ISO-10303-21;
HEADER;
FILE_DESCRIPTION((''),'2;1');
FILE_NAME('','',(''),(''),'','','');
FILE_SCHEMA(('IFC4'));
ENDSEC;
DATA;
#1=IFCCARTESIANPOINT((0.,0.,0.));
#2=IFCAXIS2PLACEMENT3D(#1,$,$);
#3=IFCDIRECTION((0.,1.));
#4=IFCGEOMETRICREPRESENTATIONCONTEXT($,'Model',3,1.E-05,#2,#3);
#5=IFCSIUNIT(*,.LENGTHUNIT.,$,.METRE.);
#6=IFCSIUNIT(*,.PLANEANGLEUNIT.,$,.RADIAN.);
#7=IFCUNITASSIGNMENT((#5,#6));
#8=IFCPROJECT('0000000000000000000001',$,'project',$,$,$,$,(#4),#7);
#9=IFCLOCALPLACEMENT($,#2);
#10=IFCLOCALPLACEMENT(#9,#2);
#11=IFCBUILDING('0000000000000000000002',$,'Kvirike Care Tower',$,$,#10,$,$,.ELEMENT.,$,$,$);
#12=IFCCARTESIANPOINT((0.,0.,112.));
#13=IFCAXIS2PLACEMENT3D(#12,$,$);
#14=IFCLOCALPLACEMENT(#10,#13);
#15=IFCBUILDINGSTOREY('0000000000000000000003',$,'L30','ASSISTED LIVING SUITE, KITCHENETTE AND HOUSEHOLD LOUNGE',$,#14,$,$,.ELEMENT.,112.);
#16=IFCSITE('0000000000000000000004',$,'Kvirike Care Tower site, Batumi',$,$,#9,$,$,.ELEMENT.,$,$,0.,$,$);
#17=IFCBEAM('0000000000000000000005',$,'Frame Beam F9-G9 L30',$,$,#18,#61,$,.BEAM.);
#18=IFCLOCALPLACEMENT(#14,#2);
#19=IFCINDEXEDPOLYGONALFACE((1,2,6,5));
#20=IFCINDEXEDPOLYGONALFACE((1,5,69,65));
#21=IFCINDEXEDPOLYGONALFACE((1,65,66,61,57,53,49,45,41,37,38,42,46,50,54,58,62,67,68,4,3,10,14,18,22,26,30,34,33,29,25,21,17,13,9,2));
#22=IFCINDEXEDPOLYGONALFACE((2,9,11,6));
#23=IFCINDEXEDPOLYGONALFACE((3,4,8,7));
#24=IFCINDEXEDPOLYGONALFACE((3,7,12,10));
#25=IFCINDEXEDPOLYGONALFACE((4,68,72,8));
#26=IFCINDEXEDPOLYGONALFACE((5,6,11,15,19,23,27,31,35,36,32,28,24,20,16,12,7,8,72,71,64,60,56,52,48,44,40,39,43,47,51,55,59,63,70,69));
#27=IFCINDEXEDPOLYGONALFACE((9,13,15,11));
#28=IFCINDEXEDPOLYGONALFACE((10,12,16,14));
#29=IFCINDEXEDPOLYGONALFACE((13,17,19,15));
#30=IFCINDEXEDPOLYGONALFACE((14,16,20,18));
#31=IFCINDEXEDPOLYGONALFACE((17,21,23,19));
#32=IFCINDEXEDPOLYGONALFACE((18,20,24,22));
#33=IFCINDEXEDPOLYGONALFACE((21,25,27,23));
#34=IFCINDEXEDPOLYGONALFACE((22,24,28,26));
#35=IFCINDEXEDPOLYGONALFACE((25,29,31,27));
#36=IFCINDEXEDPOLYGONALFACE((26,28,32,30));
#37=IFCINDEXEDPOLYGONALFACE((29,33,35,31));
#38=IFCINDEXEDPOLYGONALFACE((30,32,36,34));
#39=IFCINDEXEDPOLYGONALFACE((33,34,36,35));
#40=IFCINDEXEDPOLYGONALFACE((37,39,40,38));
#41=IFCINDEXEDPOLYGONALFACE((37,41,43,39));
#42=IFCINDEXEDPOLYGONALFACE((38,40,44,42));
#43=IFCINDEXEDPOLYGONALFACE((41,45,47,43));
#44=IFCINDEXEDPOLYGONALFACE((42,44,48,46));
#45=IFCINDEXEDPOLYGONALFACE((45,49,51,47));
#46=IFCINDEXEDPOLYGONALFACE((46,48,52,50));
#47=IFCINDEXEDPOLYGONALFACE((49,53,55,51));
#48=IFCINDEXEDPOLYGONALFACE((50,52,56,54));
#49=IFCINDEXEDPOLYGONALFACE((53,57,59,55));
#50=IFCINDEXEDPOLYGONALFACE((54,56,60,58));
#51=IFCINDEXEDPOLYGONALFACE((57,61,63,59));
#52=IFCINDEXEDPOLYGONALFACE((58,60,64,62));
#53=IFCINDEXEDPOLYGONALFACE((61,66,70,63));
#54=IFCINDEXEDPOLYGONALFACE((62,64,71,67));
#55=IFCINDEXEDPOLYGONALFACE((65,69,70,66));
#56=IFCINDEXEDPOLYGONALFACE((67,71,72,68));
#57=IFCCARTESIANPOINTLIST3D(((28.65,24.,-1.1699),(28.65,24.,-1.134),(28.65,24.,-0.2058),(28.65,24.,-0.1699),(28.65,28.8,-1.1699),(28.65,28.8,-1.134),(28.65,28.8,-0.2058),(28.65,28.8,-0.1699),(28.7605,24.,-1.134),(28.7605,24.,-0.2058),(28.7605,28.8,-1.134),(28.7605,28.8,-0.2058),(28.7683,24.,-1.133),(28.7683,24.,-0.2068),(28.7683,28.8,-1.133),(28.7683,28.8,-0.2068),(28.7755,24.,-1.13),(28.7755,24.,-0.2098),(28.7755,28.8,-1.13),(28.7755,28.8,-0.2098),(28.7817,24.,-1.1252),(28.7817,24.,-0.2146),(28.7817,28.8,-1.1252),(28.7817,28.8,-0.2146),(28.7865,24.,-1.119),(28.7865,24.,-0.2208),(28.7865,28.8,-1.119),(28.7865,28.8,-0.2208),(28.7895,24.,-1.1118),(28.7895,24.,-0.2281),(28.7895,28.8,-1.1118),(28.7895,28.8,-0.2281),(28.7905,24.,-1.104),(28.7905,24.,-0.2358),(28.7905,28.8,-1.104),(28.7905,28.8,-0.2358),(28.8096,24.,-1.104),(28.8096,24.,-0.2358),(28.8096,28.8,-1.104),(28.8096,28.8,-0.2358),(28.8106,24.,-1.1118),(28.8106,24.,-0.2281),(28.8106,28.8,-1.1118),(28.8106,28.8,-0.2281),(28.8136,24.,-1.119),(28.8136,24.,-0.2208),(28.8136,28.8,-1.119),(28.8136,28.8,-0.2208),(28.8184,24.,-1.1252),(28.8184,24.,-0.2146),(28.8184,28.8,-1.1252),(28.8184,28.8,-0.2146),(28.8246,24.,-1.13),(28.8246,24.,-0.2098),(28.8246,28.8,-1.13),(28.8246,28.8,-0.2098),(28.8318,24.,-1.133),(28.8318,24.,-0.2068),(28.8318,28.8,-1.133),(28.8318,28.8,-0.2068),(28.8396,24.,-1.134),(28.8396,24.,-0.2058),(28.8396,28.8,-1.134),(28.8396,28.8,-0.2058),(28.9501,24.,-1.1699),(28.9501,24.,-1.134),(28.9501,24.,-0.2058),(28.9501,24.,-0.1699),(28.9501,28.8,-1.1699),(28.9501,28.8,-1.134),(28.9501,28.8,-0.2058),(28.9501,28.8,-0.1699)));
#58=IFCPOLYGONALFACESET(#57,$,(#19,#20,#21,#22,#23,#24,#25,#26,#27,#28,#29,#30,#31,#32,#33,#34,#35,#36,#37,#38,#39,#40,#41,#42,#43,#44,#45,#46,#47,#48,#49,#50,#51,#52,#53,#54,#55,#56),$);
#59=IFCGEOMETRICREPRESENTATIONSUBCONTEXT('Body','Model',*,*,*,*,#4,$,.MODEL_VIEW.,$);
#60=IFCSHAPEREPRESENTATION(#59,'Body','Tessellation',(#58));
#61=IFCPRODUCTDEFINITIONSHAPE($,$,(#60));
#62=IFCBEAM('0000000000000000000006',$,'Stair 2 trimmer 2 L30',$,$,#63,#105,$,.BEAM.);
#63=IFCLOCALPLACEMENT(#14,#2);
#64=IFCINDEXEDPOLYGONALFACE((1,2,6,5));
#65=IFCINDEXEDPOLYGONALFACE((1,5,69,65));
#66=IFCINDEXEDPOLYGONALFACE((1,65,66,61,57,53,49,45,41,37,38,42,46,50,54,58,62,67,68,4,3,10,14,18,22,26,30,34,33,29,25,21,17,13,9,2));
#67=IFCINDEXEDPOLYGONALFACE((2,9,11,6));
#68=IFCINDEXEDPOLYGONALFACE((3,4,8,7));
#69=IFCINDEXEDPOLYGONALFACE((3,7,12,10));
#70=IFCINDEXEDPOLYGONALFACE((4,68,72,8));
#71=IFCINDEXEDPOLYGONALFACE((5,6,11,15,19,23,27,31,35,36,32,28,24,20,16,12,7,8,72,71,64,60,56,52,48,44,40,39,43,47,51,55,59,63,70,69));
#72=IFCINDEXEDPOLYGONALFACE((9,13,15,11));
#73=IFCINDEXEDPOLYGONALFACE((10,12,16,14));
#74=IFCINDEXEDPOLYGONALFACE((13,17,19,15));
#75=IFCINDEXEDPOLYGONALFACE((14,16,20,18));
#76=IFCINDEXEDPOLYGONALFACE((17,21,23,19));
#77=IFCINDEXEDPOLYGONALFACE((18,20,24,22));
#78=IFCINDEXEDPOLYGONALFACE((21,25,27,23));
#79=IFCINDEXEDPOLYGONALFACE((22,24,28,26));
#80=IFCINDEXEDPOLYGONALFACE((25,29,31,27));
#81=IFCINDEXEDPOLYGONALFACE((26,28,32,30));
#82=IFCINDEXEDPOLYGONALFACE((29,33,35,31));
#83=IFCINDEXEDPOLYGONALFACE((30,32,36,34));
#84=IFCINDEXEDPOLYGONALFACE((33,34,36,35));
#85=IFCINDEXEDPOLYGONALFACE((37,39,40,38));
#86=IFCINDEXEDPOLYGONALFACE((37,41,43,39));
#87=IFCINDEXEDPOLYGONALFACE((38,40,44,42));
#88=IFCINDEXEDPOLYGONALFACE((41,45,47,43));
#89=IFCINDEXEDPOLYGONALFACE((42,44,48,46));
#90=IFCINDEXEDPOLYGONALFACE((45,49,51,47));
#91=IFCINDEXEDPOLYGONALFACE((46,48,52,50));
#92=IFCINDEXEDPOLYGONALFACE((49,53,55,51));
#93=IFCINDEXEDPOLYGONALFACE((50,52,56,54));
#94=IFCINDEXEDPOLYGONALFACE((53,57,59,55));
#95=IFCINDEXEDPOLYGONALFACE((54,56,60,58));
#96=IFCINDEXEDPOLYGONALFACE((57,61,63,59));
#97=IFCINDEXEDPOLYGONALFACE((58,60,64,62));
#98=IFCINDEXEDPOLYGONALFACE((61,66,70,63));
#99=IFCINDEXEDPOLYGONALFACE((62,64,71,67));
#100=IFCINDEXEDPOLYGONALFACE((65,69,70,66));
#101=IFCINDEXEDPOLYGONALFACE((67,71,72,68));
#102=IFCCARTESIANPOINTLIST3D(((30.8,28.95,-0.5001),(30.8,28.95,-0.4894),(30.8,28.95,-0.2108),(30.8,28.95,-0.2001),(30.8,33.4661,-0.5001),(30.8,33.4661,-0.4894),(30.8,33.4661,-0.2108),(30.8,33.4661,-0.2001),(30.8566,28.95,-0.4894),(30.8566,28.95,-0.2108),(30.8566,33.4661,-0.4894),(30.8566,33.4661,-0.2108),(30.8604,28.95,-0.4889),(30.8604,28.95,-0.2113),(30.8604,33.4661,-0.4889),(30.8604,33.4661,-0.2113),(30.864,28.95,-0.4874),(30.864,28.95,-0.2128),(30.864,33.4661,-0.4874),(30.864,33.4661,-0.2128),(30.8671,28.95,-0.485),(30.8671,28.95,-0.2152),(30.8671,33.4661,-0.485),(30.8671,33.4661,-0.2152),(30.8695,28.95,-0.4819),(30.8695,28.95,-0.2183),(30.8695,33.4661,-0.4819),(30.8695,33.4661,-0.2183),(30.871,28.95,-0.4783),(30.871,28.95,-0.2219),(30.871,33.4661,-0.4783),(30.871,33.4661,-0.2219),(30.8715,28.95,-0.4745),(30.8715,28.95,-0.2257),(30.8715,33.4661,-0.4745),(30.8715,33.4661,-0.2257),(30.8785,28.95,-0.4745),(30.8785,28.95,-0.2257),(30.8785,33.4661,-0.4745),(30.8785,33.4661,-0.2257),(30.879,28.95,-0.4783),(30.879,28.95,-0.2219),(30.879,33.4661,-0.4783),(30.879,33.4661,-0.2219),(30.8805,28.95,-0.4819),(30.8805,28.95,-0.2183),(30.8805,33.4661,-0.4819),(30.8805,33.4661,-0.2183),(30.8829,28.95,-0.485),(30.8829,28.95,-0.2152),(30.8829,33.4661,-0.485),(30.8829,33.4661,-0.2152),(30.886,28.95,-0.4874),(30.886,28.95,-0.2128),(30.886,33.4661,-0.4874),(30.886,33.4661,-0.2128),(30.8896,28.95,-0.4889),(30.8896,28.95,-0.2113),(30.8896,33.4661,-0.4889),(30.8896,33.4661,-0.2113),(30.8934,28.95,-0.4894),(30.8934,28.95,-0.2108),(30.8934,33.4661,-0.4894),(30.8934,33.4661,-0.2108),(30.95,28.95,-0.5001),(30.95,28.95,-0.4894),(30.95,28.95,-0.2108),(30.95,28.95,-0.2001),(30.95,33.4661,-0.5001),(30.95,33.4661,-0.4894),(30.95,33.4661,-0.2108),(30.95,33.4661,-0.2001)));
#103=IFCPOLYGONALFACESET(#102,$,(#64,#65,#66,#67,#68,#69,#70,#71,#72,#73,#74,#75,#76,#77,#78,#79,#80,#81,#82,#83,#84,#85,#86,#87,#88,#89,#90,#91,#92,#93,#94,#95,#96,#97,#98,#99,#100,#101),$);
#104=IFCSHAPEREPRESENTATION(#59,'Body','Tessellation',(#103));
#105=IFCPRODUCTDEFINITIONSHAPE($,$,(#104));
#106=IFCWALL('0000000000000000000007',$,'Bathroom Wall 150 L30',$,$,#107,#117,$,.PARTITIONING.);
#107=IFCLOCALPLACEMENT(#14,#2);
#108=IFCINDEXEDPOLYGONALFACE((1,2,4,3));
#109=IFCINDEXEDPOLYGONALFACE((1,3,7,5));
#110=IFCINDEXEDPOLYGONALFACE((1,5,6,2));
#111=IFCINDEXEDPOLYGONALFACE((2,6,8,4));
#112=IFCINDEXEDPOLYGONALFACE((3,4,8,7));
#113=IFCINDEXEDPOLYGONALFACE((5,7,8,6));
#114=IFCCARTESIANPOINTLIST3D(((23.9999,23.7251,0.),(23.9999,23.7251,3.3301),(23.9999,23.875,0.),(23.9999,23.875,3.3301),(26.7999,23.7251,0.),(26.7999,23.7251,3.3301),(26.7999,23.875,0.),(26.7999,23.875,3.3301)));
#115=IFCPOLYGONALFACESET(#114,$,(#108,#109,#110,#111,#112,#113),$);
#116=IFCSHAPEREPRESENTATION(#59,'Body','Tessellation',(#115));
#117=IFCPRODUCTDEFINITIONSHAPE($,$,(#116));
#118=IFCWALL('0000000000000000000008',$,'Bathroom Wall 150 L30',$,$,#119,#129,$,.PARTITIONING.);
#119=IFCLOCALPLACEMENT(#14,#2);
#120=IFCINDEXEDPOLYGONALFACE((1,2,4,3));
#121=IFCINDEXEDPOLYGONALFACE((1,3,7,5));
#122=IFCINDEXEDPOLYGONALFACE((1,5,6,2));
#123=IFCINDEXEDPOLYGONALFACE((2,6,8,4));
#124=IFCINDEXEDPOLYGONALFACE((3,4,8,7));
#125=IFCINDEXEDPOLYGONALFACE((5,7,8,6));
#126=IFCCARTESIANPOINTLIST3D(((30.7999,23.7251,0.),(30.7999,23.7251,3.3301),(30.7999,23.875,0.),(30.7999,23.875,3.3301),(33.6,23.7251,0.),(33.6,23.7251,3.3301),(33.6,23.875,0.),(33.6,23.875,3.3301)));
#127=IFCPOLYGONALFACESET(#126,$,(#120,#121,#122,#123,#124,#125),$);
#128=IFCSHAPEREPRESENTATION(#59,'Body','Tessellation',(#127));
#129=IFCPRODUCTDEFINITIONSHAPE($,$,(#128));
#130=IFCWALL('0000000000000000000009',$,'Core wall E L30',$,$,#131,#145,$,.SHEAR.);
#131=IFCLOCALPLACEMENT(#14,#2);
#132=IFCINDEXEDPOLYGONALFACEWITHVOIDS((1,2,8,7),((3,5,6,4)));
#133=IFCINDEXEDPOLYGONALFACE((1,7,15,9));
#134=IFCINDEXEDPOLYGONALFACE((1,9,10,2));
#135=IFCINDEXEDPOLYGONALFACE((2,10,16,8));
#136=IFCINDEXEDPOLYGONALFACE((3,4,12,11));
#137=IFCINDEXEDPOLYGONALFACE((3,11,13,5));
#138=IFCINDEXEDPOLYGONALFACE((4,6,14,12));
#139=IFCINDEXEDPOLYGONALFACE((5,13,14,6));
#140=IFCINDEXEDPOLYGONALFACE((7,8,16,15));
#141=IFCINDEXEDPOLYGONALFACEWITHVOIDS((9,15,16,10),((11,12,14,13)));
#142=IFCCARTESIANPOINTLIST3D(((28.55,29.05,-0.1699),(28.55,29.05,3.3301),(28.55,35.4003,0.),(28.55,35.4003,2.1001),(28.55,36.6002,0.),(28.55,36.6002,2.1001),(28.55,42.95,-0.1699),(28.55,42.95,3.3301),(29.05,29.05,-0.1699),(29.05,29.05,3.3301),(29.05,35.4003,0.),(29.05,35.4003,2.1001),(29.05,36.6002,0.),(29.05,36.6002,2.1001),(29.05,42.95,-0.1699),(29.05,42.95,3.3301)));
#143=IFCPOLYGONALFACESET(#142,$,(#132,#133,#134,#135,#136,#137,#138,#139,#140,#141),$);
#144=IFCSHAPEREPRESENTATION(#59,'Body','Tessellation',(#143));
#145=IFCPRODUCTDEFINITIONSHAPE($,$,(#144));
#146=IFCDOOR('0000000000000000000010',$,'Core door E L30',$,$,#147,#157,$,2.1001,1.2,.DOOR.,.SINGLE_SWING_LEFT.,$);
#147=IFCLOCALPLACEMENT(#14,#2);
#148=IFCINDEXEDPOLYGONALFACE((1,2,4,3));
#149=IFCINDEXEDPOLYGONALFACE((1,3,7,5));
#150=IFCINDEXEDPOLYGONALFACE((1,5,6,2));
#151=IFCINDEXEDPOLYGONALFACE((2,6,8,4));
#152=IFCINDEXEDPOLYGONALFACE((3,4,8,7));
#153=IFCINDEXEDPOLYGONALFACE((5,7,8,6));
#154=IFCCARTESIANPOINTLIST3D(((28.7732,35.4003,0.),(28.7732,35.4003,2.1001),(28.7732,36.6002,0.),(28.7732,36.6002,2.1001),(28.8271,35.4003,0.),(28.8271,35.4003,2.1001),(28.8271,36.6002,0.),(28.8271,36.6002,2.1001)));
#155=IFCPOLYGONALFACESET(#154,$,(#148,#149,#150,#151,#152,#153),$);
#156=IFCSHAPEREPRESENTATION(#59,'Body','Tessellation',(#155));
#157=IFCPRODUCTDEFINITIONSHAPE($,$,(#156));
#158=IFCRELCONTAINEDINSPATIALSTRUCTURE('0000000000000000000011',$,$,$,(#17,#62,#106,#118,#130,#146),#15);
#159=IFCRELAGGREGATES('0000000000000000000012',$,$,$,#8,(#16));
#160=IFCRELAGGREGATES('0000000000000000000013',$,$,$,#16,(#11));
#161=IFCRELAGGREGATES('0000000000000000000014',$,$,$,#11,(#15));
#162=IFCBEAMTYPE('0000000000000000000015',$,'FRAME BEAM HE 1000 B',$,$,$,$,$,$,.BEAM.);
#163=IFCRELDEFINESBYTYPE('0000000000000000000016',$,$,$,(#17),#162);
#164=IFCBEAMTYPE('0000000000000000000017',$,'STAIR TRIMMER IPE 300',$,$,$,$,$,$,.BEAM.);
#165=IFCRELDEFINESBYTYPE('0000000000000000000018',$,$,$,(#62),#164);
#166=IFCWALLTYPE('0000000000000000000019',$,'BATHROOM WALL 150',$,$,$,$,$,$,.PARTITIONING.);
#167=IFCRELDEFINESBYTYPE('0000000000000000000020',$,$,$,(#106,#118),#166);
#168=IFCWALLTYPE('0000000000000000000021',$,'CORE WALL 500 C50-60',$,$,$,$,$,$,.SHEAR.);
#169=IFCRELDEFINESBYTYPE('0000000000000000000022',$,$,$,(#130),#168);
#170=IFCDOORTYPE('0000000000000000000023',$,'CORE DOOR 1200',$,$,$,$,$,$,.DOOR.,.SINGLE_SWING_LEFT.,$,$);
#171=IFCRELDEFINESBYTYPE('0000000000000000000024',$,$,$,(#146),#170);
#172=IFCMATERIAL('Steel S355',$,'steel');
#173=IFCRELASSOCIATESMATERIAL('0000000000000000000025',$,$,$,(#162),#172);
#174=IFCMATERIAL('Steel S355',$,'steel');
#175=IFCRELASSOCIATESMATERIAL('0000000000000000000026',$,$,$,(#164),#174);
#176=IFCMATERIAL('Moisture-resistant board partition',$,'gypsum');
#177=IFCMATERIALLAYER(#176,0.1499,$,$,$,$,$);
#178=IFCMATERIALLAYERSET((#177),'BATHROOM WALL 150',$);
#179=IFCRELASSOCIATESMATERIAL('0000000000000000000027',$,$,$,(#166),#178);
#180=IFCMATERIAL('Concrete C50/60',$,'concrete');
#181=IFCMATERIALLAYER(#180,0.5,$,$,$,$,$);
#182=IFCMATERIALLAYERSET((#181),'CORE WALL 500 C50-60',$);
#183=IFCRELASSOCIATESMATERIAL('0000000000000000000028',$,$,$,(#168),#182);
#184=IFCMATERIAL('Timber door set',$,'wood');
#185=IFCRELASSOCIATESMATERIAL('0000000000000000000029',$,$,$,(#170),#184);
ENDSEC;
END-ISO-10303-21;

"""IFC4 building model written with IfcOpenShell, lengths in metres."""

from ifc_helpers import new_model, si_unit, direction, frame, frame_2d, origin, origin_2d, place, context, subcontext, project, spatial, rectangle, i_section, extrude, material, layer, layer_set, material_profile, profile_set, type_object, element, fill, save


model = new_model("IFC4")

# Units and contexts
model_context = context("Model", 3, precision=1e-05, world=origin(), true_north=direction((0.0, 1.0)))
body_context = subcontext(model_context, "Body", "Model", "MODEL_VIEW")
ifc_project = project(units=[si_unit("LENGTHUNIT", "METRE"), si_unit("PLANEANGLEUNIT", "RADIAN")], contexts=[model_context])

# Site, building, storey
site_placement = place(None, origin())
site = spatial("IfcSite", under=ifc_project, at=site_placement, Name="Kvirike Care Tower site, Batumi", CompositionType="ELEMENT", RefElevation=0.0)
building_placement = place(site_placement, origin())
building = spatial("IfcBuilding", under=site, at=building_placement, Name="Kvirike Care Tower", CompositionType="ELEMENT")
storey_placement = place(building_placement, frame((0.0, 0.0, 112.0)))
storey = spatial("IfcBuildingStorey", under=building, at=storey_placement, Name="L30", Description="ASSISTED LIVING SUITE, KITCHENETTE AND HOUSEHOLD LOUNGE", CompositionType="ELEMENT", Elevation=112.0)

# Beams
ifc_material_1 = material(Name="Steel S355", Category="steel")
ifc_material_profile_1 = material_profile(ifc_material_1, i_section(OverallWidth=0.3, OverallDepth=1.0, WebThickness=0.019, FlangeThickness=0.0359, FilletRadius=0.03, at=origin_2d()), Name="HE 1000 B")
ifc_profile_set_1 = profile_set([ifc_material_profile_1], Name="Steel S355")
beam_type_1 = type_object("IfcBeamType", Name="FRAME BEAM HE 1000 B", PredefinedType="BEAM", material=ifc_profile_set_1)
for number, where, z_axis, x_axis, name in (
    (1, (28.8, 24.0, -0.6699), (0.0, 1.0, 0.0), (-1.0, 0.0, 0.0), "Frame Beam F9-G9 L30"),
):
    element("IfcBeam", number, at=place(storey_placement, frame(where, z_axis=z_axis, x_axis=x_axis)), inside=storey, type_object=beam_type_1, Name=name, PredefinedType="BEAM", context=body_context, shape_type="SweptSolid", body=[
        extrude(i_section(OverallWidth=0.3, OverallDepth=1.0, WebThickness=0.019, FlangeThickness=0.0359, FilletRadius=0.03, at=origin_2d()), origin(), (0.0, 0.0, 1.0), 4.8),
    ])
ifc_material_2 = material(Name="Steel S355", Category="steel")
ifc_material_profile_2 = material_profile(ifc_material_2, i_section(OverallWidth=0.1499, OverallDepth=0.3, WebThickness=0.0071, FlangeThickness=0.0107, FilletRadius=0.0149, at=origin_2d()), Name="IPE 300")
ifc_profile_set_2 = profile_set([ifc_material_profile_2], Name="Steel S355")
beam_type_2 = type_object("IfcBeamType", Name="STAIR TRIMMER IPE 300", PredefinedType="BEAM", material=ifc_profile_set_2)
beam_placement = place(storey_placement, frame((30.875, 28.95, -0.3501), z_axis=(0.0, 1.0, 0.0), x_axis=(-1.0, 0.0, 0.0)))
element("IfcBeam", 2, at=beam_placement, inside=storey, type_object=beam_type_2, Name="Stair 2 trimmer 2 L30", PredefinedType="BEAM", context=body_context, shape_type="SweptSolid", body=[
    extrude(i_section(OverallWidth=0.1499, OverallDepth=0.3, WebThickness=0.0071, FlangeThickness=0.0107, FilletRadius=0.0149, at=origin_2d()), origin(), (0.0, 0.0, 1.0), 4.5161),
])

# Walls
ifc_material_3 = material(Name="Moisture-resistant board partition", Category="gypsum")
ifc_layer_1 = layer(ifc_material_3, 0.1499)
ifc_layer_set_1 = layer_set([ifc_layer_1], Name="BATHROOM WALL 150")
wall_type_1 = type_object("IfcWallType", Name="BATHROOM WALL 150", PredefinedType="PARTITIONING", material=ifc_layer_set_1)
for number, where, z_axis, x_axis, name in (
    (3, (24.0, 23.8, 0.0), (0.0, 0.0, 1.0), (1.0, 0.0, 0.0), "Bathroom Wall 150 L30"),
    (4, (30.8, 23.8, 0.0), (0.0, 0.0, 1.0), (1.0, 0.0, 0.0), "Bathroom Wall 150 L30"),
):
    element("IfcWall", number, at=place(storey_placement, frame(where, z_axis=z_axis, x_axis=x_axis)), inside=storey, type_object=wall_type_1, Name=name, PredefinedType="PARTITIONING", context=body_context, shape_type="SweptSolid", body=[
        extrude(rectangle(XDim=2.8, YDim=0.1499, at=frame_2d((1.3999, 0.0))), origin(), (0.0, 0.0, 1.0), 3.3301),
    ])

# Wall, opening, door
ifc_material_4 = material(Name="Concrete C50/60", Category="concrete")
ifc_layer_2 = layer(ifc_material_4, 0.5)
ifc_layer_set_2 = layer_set([ifc_layer_2], Name="CORE WALL 500 C50-60")
wall_type_2 = type_object("IfcWallType", Name="CORE WALL 500 C50-60", PredefinedType="SHEAR", material=ifc_layer_set_2)
wall_1_placement = place(storey_placement, frame((28.8, 29.05, -0.1699), z_axis=(0.0, 0.0, 1.0), x_axis=(0.0, 1.0, 0.0)))
wall_1 = element("IfcWall", 5, at=wall_1_placement, inside=storey, type_object=wall_type_2, Name="Core wall E L30", PredefinedType="SHEAR", context=body_context, shape_type="SweptSolid", body=[
    extrude(rectangle(XDim=13.8999, YDim=0.5, at=frame_2d((6.95, 0.0))), origin(), (0.0, 0.0, 1.0), 3.5),
])
opening_1_placement = place(wall_1_placement, frame((6.3501, 0.0, 0.1699)))
opening_1 = element("IfcOpeningElement", 6, at=opening_1_placement, cuts=wall_1, PredefinedType="OPENING", context=body_context, shape_type="SweptSolid", body=[
    extrude(rectangle(XDim=1.2, YDim=2.1001, at=frame_2d((0.6001, 1.05))), frame((0.0, 0.2605, 0.0), z_axis=(0.0, -1.0, 0.0), x_axis=(1.0, 0.0, 0.0)), (0.0, 0.0, 1.0), 0.521),
])
ifc_material_5 = material(Name="Timber door set", Category="wood")
door_type_1 = type_object("IfcDoorType", Name="CORE DOOR 1200", OperationType="SINGLE_SWING_LEFT", PredefinedType="DOOR", material=ifc_material_5)
door_1_placement = place(opening_1_placement, origin())
door_1 = element("IfcDoor", 7, at=door_1_placement, inside=storey, type_object=door_type_1, Name="Core door E L30", OperationType="SINGLE_SWING_LEFT", OverallHeight=2.1001, OverallWidth=1.2, PredefinedType="DOOR", context=body_context, shape_type="SweptSolid", body=[
    extrude(rectangle(XDim=1.2, YDim=2.1001, at=frame_2d((0.6001, 1.05))), frame((0.0, 0.0269, 0.0), z_axis=(0.0, -1.0, 0.0), x_axis=(1.0, 0.0, 0.0)), (0.0, 0.0, 1.0), 0.054),
])
fill(opening_1, door_1)

save(model, "model.ifc")
